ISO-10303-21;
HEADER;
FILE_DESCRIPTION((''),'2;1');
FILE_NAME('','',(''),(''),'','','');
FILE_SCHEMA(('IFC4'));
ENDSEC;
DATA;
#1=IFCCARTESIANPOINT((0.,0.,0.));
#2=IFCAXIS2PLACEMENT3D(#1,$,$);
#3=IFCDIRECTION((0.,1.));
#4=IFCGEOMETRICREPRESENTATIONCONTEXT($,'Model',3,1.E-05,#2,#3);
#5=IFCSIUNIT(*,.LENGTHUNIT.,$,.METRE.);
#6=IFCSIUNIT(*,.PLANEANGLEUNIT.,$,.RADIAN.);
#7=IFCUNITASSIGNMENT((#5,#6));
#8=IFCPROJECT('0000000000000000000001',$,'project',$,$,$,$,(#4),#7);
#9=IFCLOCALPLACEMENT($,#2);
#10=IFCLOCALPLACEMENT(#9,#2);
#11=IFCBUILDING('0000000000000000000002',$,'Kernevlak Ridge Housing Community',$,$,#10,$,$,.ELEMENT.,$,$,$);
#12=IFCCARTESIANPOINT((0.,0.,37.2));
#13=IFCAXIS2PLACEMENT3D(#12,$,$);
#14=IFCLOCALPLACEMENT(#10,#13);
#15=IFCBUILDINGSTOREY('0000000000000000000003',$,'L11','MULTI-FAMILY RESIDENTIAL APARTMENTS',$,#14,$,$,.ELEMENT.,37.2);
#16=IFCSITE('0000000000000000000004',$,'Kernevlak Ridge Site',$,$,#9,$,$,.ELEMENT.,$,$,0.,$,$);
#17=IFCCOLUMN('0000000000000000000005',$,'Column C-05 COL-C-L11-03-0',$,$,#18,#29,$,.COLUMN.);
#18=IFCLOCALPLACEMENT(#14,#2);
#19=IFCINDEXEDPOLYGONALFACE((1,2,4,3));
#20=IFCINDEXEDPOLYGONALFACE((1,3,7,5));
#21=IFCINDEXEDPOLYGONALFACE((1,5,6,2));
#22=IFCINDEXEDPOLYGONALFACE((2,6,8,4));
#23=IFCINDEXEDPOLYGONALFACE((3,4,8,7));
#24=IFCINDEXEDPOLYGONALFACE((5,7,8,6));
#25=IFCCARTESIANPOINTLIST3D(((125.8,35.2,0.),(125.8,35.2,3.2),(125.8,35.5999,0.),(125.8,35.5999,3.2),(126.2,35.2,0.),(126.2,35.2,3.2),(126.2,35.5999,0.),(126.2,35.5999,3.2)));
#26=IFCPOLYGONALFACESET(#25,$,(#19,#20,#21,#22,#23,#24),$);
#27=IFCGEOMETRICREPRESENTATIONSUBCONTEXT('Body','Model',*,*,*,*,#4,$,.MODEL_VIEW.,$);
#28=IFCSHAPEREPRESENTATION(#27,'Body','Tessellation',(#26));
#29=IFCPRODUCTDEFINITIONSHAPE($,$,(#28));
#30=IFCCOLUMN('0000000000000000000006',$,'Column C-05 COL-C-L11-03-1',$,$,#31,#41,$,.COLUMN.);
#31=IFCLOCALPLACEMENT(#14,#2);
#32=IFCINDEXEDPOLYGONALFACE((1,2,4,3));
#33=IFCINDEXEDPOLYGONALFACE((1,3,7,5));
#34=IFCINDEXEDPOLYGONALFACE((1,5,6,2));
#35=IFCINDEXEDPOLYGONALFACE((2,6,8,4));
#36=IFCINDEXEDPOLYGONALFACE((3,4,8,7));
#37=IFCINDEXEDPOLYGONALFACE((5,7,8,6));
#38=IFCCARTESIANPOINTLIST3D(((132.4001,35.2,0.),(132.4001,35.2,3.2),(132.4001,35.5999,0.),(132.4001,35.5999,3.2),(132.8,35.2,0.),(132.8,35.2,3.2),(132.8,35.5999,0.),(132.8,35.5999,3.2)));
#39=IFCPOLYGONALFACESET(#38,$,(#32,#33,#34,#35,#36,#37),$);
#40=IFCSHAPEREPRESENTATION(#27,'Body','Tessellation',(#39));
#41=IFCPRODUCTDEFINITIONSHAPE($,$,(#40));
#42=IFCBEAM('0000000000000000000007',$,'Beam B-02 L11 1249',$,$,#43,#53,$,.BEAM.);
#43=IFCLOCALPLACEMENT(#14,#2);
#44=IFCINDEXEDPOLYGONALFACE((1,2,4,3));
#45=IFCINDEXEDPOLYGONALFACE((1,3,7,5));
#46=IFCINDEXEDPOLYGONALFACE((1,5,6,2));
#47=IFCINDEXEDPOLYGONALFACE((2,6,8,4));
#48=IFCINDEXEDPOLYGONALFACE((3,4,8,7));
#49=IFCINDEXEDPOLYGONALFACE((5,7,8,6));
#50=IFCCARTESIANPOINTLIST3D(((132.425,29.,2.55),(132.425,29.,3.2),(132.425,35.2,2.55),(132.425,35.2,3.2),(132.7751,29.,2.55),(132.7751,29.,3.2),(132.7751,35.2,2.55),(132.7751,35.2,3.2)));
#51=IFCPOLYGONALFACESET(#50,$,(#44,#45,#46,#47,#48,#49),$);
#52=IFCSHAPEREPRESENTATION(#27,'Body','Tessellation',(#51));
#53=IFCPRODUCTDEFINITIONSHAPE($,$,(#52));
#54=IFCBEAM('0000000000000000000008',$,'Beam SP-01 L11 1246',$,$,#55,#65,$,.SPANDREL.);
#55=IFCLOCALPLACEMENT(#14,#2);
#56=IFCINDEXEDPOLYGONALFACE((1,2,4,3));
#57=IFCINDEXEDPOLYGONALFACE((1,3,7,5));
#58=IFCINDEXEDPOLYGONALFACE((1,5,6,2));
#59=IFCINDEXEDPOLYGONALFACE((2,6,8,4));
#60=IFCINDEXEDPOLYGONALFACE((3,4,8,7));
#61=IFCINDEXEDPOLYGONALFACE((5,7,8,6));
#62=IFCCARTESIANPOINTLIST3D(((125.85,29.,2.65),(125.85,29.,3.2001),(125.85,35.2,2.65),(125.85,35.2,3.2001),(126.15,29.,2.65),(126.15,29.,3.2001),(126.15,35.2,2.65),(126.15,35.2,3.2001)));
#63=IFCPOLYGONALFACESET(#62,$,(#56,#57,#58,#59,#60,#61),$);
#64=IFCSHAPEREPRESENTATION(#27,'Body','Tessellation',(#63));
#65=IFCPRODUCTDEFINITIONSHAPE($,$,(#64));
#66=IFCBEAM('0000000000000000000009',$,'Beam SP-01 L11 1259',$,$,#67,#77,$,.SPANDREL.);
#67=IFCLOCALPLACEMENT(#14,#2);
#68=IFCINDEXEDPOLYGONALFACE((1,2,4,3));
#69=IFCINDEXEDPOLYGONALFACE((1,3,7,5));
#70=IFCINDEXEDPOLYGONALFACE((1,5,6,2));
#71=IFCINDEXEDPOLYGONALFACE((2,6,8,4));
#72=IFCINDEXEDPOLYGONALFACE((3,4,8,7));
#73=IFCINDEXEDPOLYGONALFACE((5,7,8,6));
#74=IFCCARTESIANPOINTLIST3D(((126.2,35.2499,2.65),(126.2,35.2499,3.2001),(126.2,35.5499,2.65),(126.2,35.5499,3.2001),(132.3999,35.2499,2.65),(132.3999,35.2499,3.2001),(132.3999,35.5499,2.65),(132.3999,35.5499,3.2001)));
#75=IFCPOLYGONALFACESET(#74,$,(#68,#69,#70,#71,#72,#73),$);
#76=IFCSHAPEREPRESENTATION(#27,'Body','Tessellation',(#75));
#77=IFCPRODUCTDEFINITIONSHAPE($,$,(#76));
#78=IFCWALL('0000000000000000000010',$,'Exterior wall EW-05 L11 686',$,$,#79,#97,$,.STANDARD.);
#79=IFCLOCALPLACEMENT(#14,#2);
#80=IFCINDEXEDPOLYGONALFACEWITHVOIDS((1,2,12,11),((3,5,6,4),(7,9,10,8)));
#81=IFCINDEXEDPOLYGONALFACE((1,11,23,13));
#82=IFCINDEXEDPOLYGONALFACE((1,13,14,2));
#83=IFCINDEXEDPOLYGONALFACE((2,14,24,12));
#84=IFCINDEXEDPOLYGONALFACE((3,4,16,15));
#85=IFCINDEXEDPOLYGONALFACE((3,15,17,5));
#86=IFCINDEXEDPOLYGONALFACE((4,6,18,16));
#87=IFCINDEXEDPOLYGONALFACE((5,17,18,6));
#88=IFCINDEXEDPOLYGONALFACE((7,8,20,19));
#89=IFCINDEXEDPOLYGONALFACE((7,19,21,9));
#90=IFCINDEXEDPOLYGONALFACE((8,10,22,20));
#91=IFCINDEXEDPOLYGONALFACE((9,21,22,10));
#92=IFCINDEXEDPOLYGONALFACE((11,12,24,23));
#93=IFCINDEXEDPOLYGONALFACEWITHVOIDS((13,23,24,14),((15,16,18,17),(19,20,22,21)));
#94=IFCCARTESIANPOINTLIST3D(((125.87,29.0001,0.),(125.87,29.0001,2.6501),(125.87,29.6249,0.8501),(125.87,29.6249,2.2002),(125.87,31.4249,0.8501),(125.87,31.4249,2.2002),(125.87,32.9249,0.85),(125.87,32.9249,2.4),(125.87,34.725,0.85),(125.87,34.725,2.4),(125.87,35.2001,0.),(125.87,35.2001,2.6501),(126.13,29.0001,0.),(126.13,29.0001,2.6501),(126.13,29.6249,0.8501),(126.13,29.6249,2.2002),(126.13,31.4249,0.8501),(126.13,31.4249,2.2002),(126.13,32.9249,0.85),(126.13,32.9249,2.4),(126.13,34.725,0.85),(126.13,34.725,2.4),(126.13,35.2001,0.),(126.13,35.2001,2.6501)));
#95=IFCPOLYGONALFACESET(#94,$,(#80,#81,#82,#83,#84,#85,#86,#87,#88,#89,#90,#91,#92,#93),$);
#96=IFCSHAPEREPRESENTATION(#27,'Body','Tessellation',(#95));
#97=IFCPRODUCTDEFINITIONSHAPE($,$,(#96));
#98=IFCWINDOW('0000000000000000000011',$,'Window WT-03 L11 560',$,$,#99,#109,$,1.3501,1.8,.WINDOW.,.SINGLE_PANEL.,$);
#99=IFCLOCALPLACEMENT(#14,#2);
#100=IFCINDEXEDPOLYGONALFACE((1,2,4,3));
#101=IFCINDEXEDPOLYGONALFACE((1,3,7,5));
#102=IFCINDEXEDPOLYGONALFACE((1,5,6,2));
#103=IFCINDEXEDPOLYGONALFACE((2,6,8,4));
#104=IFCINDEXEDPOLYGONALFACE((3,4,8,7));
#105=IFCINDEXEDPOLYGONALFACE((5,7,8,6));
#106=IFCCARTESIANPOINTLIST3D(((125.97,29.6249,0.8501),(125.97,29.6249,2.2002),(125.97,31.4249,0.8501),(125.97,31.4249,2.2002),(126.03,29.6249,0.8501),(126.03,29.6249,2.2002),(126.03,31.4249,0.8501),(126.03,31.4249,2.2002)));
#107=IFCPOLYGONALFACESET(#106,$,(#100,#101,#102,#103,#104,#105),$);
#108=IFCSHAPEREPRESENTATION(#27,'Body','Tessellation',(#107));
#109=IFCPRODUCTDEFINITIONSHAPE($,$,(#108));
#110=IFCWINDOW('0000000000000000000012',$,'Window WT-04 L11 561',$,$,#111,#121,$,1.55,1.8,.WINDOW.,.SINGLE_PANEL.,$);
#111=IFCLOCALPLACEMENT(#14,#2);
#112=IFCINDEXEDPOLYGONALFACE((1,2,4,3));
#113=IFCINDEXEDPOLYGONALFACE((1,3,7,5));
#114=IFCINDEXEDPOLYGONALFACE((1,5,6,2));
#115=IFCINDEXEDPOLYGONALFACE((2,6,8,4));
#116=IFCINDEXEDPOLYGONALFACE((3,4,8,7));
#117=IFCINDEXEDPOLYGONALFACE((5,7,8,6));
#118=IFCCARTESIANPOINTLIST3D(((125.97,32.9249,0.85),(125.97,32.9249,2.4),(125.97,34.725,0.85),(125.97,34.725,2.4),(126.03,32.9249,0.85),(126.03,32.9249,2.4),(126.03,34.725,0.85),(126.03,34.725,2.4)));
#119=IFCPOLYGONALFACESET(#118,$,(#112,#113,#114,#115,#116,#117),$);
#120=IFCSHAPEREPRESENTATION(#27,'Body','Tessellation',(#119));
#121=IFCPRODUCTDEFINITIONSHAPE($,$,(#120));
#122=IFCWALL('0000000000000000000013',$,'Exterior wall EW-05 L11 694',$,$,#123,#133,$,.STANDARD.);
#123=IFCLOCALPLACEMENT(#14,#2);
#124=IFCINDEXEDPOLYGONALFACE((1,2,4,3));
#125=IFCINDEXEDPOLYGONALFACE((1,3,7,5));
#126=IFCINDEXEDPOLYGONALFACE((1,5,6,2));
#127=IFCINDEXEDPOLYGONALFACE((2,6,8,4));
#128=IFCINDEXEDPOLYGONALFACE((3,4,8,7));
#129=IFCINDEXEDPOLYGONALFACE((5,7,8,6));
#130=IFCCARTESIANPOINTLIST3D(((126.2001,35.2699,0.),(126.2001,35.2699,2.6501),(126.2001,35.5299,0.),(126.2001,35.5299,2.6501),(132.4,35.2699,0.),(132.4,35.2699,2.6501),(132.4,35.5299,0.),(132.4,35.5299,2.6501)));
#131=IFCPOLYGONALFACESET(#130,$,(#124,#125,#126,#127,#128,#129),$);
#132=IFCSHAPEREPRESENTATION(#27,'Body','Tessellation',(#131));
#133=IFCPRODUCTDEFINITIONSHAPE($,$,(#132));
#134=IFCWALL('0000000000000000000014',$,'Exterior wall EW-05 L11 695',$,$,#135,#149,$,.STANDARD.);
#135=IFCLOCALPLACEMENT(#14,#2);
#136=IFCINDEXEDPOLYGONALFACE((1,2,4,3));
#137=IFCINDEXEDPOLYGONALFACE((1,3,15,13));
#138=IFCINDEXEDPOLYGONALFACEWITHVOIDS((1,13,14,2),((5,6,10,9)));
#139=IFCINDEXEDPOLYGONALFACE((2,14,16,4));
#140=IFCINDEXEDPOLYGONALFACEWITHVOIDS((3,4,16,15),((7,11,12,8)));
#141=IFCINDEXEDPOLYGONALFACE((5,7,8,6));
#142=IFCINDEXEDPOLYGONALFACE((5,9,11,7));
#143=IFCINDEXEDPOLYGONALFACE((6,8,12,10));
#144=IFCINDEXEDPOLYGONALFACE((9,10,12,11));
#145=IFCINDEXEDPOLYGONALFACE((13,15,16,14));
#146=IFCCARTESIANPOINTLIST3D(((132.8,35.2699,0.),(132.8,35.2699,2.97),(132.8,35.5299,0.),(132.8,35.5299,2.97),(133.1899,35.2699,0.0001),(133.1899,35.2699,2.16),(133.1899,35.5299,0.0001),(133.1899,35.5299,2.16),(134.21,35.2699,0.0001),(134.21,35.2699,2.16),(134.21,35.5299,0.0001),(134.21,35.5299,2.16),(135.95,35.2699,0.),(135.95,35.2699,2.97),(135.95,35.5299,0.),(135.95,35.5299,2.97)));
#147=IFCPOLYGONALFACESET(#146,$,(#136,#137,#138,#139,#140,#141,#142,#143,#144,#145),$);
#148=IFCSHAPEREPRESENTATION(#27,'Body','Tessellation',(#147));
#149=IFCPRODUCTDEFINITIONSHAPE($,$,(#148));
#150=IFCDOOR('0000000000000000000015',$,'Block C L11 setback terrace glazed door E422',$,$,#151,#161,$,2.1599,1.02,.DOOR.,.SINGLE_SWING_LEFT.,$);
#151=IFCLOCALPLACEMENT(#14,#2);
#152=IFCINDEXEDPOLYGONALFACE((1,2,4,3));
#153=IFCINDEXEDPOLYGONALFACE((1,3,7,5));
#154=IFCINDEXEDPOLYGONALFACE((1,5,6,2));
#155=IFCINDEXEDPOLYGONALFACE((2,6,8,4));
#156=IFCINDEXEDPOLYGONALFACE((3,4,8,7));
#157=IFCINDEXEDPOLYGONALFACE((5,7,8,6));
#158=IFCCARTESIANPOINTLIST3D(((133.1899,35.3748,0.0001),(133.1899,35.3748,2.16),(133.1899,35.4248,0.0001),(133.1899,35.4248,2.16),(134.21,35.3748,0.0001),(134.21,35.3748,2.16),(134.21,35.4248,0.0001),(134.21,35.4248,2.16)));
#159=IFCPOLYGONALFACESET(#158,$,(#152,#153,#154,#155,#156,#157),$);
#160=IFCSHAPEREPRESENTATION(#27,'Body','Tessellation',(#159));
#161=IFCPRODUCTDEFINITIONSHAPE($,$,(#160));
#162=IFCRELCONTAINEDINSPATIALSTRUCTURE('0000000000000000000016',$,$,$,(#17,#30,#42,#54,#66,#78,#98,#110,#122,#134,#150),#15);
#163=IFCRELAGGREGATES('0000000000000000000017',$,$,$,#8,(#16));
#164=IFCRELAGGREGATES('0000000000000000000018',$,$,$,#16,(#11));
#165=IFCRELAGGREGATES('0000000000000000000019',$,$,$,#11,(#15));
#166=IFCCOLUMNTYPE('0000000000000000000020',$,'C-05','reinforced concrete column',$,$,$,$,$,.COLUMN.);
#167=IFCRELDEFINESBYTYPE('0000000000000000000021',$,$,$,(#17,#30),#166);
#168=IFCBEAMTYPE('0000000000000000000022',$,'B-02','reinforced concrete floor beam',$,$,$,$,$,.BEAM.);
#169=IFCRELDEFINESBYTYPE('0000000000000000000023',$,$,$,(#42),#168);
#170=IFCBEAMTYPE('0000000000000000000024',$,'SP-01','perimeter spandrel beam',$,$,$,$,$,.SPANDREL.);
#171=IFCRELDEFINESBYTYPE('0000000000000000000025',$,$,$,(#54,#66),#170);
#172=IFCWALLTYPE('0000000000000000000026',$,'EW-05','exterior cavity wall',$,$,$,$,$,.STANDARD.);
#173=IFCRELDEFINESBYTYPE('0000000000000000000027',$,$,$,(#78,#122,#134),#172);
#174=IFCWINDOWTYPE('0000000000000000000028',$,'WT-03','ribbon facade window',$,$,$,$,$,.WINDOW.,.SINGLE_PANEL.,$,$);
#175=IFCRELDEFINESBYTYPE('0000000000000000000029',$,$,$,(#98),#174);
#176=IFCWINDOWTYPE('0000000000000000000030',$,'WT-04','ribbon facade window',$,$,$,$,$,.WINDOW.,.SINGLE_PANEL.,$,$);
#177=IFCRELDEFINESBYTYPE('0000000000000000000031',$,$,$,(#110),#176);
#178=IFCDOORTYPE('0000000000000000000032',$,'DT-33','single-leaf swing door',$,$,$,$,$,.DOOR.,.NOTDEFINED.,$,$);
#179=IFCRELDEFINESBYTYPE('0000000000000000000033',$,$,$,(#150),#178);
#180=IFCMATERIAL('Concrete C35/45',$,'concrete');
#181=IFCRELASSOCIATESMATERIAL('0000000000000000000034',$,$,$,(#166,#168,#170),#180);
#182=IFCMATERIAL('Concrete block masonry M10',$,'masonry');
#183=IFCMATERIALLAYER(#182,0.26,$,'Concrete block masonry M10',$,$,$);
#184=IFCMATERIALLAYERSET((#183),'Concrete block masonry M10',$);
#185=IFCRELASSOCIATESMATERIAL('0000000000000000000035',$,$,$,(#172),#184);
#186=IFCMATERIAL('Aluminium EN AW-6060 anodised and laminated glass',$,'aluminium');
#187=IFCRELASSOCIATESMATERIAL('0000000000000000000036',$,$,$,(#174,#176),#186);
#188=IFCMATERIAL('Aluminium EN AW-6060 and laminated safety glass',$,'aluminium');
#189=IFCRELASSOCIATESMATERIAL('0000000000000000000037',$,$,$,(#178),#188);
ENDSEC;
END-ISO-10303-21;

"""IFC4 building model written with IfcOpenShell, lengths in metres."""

from ifc_helpers import new_model, si_unit, direction, frame, frame_2d, origin, origin_2d, place, context, subcontext, project, spatial, rectangle, extrude, material, layer, layer_set, material_profile, profile_set, type_object, element, fill, save


model = new_model("IFC4")

# Units and contexts
model_context = context("Model", 3, precision=1e-05, world=origin(), true_north=direction((0.0, 1.0)))
body_context = subcontext(model_context, "Body", "Model", "MODEL_VIEW")
ifc_project = project(units=[si_unit("LENGTHUNIT", "METRE"), si_unit("PLANEANGLEUNIT", "RADIAN")], contexts=[model_context])

# Site, building, storey
site_placement = place(None, origin())
site = spatial("IfcSite", under=ifc_project, at=site_placement, Name="Kernevlak Ridge Site", CompositionType="ELEMENT", RefElevation=0.0)
building_placement = place(site_placement, origin())
building = spatial("IfcBuilding", under=site, at=building_placement, Name="Kernevlak Ridge Housing Community", CompositionType="ELEMENT")
storey_placement = place(building_placement, frame((0.0, 0.0, 37.2)))
storey = spatial("IfcBuildingStorey", under=building, at=storey_placement, Name="L11", Description="MULTI-FAMILY RESIDENTIAL APARTMENTS", CompositionType="ELEMENT", Elevation=37.2)

# Columns
ifc_material_1 = material(Name="Concrete C35/45", Category="concrete")
ifc_material_profile_1 = material_profile(ifc_material_1, rectangle(XDim=0.3999, YDim=0.3999, at=origin_2d()), Name="RC 400x400")
ifc_profile_set_1 = profile_set([ifc_material_profile_1], Name="Concrete C35/45")
column_type = type_object("IfcColumnType", Name="C-05", Description="reinforced concrete column", PredefinedType="COLUMN", material=ifc_profile_set_1)
for number, where, z_axis, x_axis, name in (
    (1, (126.0, 35.3999, 0.0), (0.0, 0.0, 1.0), (1.0, 0.0, 0.0), "Column C-05 COL-C-L11-03-0"),
    (2, (132.6001, 35.3999, 0.0), (0.0, 0.0, 1.0), (1.0, 0.0, 0.0), "Column C-05 COL-C-L11-03-1"),
):
    element("IfcColumn", number, at=place(storey_placement, frame(where, z_axis=z_axis, x_axis=x_axis)), inside=storey, type_object=column_type, Name=name, PredefinedType="COLUMN", context=body_context, shape_type="SweptSolid", body=[
        extrude(rectangle(XDim=0.3999, YDim=0.3999, at=origin_2d()), origin(), (0.0, 0.0, 1.0), 3.2),
    ])

# Beams
ifc_material_profile_2 = material_profile(ifc_material_1, rectangle(XDim=0.3501, YDim=0.6499, at=origin_2d()), Name="RC 350x650")
ifc_profile_set_2 = profile_set([ifc_material_profile_2], Name="Concrete C35/45")
beam_type_1 = type_object("IfcBeamType", Name="B-02", Description="reinforced concrete floor beam", PredefinedType="BEAM", material=ifc_profile_set_2)
beam_placement = place(storey_placement, frame((132.6001, 29.0, 2.875), z_axis=(0.0, 1.0, 0.0), x_axis=(-1.0, 0.0, 0.0)))
element("IfcBeam", 3, at=beam_placement, inside=storey, type_object=beam_type_1, Name="Beam B-02 L11 1249", PredefinedType="BEAM", context=body_context, shape_type="SweptSolid", body=[
    extrude(rectangle(XDim=0.3501, YDim=0.6499, at=origin_2d()), origin(), (0.0, 0.0, 1.0), 6.2),
])
ifc_material_profile_3 = material_profile(ifc_material_1, rectangle(XDim=0.3, YDim=0.55, at=origin_2d()), Name="RC 300x550")
ifc_profile_set_3 = profile_set([ifc_material_profile_3], Name="Concrete C35/45")
beam_type_2 = type_object("IfcBeamType", Name="SP-01", Description="perimeter spandrel beam", PredefinedType="SPANDREL", material=ifc_profile_set_3)
for number, where, z_axis, x_axis, name in (
    (4, (126.0, 29.0, 2.925), (0.0, 1.0, 0.0), (-1.0, 0.0, 0.0), "Beam SP-01 L11 1246"),
    (5, (126.2, 35.3999, 2.925), (1.0, 0.0, 0.0), (0.0, 1.0, 0.0), "Beam SP-01 L11 1259"),
):
    element("IfcBeam", number, at=place(storey_placement, frame(where, z_axis=z_axis, x_axis=x_axis)), inside=storey, type_object=beam_type_2, Name=name, PredefinedType="SPANDREL", context=body_context, shape_type="SweptSolid", body=[
        extrude(rectangle(XDim=0.3, YDim=0.55, at=origin_2d()), origin(), (0.0, 0.0, 1.0), 6.2),
    ])

# Wall, openings, windows
ifc_material_2 = material(Name="Concrete block masonry M10", Category="masonry")
ifc_layer_1 = layer(ifc_material_2, 0.26, Name="Concrete block masonry M10")
ifc_layer_set_1 = layer_set([ifc_layer_1], Name="Concrete block masonry M10")
wall_type_1 = type_object("IfcWallType", Name="EW-05", Description="exterior cavity wall", PredefinedType="STANDARD", material=ifc_layer_set_1)
wall_1_placement = place(storey_placement, frame((126.0, 29.0, 0.0), z_axis=(0.0, 0.0, 1.0), x_axis=(0.0, 1.0, 0.0)))
wall_1 = element("IfcWall", 6, at=wall_1_placement, inside=storey, type_object=wall_type_1, Name="Exterior wall EW-05 L11 686", PredefinedType="STANDARD", context=body_context, shape_type="SweptSolid", body=[
    extrude(rectangle(XDim=6.2, YDim=0.26, at=frame_2d((3.1001, 0.0))), origin(), (0.0, 0.0, 1.0), 2.6501),
])
opening_1_placement = place(wall_1_placement, frame((0.625, 0.0, 0.8501)))
opening_1 = element("IfcOpeningElement", 7, at=opening_1_placement, cuts=wall_1, PredefinedType="OPENING", context=body_context, shape_type="SweptSolid", body=[
    extrude(rectangle(XDim=1.8, YDim=1.3501, at=frame_2d((0.8999, 0.675))), frame((0.0, 0.1399, 0.0), z_axis=(0.0, -1.0, 0.0), x_axis=(1.0, 0.0, 0.0)), (0.0, 0.0, 1.0), 0.28),
])
opening_2_placement = place(wall_1_placement, frame((3.925, 0.0, 0.8501)))
opening_2 = element("IfcOpeningElement", 8, at=opening_2_placement, cuts=wall_1, PredefinedType="OPENING", context=body_context, shape_type="SweptSolid", body=[
    extrude(rectangle(XDim=1.8, YDim=1.55, at=frame_2d((0.8999, 0.7749))), frame((0.0, 0.1399, 0.0), z_axis=(0.0, -1.0, 0.0), x_axis=(1.0, 0.0, 0.0)), (0.0, 0.0, 1.0), 0.28),
])
ifc_material_3 = material(Name="Aluminium EN AW-6060 anodised and laminated glass", Category="aluminium")
window_type_1 = type_object("IfcWindowType", Name="WT-03", Description="ribbon facade window", PartitioningType="SINGLE_PANEL", PredefinedType="WINDOW", material=ifc_material_3)
window_1_placement = place(opening_1_placement, origin())
window_1 = element("IfcWindow", 9, at=window_1_placement, inside=storey, type_object=window_type_1, Name="Window WT-03 L11 560", OverallHeight=1.3501, OverallWidth=1.8, PartitioningType="SINGLE_PANEL", PredefinedType="WINDOW", context=body_context, shape_type="SweptSolid", body=[
    extrude(rectangle(XDim=1.8, YDim=1.3501, at=frame_2d((0.8999, 0.675))), frame((0.0, 0.03, 0.0), z_axis=(0.0, -1.0, 0.0), x_axis=(1.0, 0.0, 0.0)), (0.0, 0.0, 1.0), 0.0601),
])
fill(opening_1, window_1)
window_type_2 = type_object("IfcWindowType", Name="WT-04", Description="ribbon facade window", PartitioningType="SINGLE_PANEL", PredefinedType="WINDOW", material=ifc_material_3)
window_2_placement = place(opening_2_placement, origin())
window_2 = element("IfcWindow", 10, at=window_2_placement, inside=storey, type_object=window_type_2, Name="Window WT-04 L11 561", OverallHeight=1.55, OverallWidth=1.8, PartitioningType="SINGLE_PANEL", PredefinedType="WINDOW", context=body_context, shape_type="SweptSolid", body=[
    extrude(rectangle(XDim=1.8, YDim=1.55, at=frame_2d((0.8999, 0.7749))), frame((0.0, 0.03, 0.0), z_axis=(0.0, -1.0, 0.0), x_axis=(1.0, 0.0, 0.0)), (0.0, 0.0, 1.0), 0.0601),
])
fill(opening_2, window_2)

# Wall
wall_2_placement = place(storey_placement, frame((126.2, 35.3999, 0.0), z_axis=(0.0, 0.0, 1.0), x_axis=(1.0, 0.0, 0.0)))
element("IfcWall", 11, at=wall_2_placement, inside=storey, type_object=wall_type_1, Name="Exterior wall EW-05 L11 694", PredefinedType="STANDARD", context=body_context, shape_type="SweptSolid", body=[
    extrude(rectangle(XDim=6.2, YDim=0.26, at=frame_2d((3.1001, 0.0))), origin(), (0.0, 0.0, 1.0), 2.6501),
])

# Wall, opening, door
wall_3_placement = place(storey_placement, frame((132.8, 35.3999, 0.0), z_axis=(0.0, 0.0, 1.0), x_axis=(1.0, 0.0, 0.0)))
wall_3 = element("IfcWall", 12, at=wall_3_placement, inside=storey, type_object=wall_type_1, Name="Exterior wall EW-05 L11 695", PredefinedType="STANDARD", context=body_context, shape_type="SweptSolid", body=[
    extrude(rectangle(XDim=3.1499, YDim=0.26, at=frame_2d((1.575, 0.0))), origin(), (0.0, 0.0, 1.0), 2.97),
])
opening_3_placement = place(wall_3_placement, frame((0.3899, 0.0, 0.0)))
opening_3 = element("IfcOpeningElement", 13, at=opening_3_placement, cuts=wall_3, PredefinedType="OPENING", context=body_context, shape_type="SweptSolid", body=[
    extrude(rectangle(XDim=1.02, YDim=2.1599, at=frame_2d((0.51, 1.0801))), frame((0.0, 0.1399, 0.0), z_axis=(0.0, -1.0, 0.0), x_axis=(1.0, 0.0, 0.0)), (0.0, 0.0, 1.0), 0.28),
])
ifc_material_4 = material(Name="Aluminium EN AW-6060 and laminated safety glass", Category="aluminium")
door_type_1 = type_object("IfcDoorType", Name="DT-33", Description="single-leaf swing door", OperationType="NOTDEFINED", PredefinedType="DOOR", material=ifc_material_4)
door_1_placement = place(opening_3_placement, origin())
door_1 = element("IfcDoor", 14, at=door_1_placement, inside=storey, type_object=door_type_1, Name="Block C L11 setback terrace glazed door E422", OperationType="SINGLE_SWING_LEFT", OverallHeight=2.1599, OverallWidth=1.02, PredefinedType="DOOR", context=body_context, shape_type="SweptSolid", body=[
    extrude(rectangle(XDim=1.02, YDim=2.1599, at=frame_2d((0.51, 1.0801))), frame((0.0, 0.0249, 0.0), z_axis=(0.0, -1.0, 0.0), x_axis=(1.0, 0.0, 0.0)), (0.0, 0.0, 1.0), 0.05),
])
fill(opening_3, door_1)

save(model, "model.ifc")
